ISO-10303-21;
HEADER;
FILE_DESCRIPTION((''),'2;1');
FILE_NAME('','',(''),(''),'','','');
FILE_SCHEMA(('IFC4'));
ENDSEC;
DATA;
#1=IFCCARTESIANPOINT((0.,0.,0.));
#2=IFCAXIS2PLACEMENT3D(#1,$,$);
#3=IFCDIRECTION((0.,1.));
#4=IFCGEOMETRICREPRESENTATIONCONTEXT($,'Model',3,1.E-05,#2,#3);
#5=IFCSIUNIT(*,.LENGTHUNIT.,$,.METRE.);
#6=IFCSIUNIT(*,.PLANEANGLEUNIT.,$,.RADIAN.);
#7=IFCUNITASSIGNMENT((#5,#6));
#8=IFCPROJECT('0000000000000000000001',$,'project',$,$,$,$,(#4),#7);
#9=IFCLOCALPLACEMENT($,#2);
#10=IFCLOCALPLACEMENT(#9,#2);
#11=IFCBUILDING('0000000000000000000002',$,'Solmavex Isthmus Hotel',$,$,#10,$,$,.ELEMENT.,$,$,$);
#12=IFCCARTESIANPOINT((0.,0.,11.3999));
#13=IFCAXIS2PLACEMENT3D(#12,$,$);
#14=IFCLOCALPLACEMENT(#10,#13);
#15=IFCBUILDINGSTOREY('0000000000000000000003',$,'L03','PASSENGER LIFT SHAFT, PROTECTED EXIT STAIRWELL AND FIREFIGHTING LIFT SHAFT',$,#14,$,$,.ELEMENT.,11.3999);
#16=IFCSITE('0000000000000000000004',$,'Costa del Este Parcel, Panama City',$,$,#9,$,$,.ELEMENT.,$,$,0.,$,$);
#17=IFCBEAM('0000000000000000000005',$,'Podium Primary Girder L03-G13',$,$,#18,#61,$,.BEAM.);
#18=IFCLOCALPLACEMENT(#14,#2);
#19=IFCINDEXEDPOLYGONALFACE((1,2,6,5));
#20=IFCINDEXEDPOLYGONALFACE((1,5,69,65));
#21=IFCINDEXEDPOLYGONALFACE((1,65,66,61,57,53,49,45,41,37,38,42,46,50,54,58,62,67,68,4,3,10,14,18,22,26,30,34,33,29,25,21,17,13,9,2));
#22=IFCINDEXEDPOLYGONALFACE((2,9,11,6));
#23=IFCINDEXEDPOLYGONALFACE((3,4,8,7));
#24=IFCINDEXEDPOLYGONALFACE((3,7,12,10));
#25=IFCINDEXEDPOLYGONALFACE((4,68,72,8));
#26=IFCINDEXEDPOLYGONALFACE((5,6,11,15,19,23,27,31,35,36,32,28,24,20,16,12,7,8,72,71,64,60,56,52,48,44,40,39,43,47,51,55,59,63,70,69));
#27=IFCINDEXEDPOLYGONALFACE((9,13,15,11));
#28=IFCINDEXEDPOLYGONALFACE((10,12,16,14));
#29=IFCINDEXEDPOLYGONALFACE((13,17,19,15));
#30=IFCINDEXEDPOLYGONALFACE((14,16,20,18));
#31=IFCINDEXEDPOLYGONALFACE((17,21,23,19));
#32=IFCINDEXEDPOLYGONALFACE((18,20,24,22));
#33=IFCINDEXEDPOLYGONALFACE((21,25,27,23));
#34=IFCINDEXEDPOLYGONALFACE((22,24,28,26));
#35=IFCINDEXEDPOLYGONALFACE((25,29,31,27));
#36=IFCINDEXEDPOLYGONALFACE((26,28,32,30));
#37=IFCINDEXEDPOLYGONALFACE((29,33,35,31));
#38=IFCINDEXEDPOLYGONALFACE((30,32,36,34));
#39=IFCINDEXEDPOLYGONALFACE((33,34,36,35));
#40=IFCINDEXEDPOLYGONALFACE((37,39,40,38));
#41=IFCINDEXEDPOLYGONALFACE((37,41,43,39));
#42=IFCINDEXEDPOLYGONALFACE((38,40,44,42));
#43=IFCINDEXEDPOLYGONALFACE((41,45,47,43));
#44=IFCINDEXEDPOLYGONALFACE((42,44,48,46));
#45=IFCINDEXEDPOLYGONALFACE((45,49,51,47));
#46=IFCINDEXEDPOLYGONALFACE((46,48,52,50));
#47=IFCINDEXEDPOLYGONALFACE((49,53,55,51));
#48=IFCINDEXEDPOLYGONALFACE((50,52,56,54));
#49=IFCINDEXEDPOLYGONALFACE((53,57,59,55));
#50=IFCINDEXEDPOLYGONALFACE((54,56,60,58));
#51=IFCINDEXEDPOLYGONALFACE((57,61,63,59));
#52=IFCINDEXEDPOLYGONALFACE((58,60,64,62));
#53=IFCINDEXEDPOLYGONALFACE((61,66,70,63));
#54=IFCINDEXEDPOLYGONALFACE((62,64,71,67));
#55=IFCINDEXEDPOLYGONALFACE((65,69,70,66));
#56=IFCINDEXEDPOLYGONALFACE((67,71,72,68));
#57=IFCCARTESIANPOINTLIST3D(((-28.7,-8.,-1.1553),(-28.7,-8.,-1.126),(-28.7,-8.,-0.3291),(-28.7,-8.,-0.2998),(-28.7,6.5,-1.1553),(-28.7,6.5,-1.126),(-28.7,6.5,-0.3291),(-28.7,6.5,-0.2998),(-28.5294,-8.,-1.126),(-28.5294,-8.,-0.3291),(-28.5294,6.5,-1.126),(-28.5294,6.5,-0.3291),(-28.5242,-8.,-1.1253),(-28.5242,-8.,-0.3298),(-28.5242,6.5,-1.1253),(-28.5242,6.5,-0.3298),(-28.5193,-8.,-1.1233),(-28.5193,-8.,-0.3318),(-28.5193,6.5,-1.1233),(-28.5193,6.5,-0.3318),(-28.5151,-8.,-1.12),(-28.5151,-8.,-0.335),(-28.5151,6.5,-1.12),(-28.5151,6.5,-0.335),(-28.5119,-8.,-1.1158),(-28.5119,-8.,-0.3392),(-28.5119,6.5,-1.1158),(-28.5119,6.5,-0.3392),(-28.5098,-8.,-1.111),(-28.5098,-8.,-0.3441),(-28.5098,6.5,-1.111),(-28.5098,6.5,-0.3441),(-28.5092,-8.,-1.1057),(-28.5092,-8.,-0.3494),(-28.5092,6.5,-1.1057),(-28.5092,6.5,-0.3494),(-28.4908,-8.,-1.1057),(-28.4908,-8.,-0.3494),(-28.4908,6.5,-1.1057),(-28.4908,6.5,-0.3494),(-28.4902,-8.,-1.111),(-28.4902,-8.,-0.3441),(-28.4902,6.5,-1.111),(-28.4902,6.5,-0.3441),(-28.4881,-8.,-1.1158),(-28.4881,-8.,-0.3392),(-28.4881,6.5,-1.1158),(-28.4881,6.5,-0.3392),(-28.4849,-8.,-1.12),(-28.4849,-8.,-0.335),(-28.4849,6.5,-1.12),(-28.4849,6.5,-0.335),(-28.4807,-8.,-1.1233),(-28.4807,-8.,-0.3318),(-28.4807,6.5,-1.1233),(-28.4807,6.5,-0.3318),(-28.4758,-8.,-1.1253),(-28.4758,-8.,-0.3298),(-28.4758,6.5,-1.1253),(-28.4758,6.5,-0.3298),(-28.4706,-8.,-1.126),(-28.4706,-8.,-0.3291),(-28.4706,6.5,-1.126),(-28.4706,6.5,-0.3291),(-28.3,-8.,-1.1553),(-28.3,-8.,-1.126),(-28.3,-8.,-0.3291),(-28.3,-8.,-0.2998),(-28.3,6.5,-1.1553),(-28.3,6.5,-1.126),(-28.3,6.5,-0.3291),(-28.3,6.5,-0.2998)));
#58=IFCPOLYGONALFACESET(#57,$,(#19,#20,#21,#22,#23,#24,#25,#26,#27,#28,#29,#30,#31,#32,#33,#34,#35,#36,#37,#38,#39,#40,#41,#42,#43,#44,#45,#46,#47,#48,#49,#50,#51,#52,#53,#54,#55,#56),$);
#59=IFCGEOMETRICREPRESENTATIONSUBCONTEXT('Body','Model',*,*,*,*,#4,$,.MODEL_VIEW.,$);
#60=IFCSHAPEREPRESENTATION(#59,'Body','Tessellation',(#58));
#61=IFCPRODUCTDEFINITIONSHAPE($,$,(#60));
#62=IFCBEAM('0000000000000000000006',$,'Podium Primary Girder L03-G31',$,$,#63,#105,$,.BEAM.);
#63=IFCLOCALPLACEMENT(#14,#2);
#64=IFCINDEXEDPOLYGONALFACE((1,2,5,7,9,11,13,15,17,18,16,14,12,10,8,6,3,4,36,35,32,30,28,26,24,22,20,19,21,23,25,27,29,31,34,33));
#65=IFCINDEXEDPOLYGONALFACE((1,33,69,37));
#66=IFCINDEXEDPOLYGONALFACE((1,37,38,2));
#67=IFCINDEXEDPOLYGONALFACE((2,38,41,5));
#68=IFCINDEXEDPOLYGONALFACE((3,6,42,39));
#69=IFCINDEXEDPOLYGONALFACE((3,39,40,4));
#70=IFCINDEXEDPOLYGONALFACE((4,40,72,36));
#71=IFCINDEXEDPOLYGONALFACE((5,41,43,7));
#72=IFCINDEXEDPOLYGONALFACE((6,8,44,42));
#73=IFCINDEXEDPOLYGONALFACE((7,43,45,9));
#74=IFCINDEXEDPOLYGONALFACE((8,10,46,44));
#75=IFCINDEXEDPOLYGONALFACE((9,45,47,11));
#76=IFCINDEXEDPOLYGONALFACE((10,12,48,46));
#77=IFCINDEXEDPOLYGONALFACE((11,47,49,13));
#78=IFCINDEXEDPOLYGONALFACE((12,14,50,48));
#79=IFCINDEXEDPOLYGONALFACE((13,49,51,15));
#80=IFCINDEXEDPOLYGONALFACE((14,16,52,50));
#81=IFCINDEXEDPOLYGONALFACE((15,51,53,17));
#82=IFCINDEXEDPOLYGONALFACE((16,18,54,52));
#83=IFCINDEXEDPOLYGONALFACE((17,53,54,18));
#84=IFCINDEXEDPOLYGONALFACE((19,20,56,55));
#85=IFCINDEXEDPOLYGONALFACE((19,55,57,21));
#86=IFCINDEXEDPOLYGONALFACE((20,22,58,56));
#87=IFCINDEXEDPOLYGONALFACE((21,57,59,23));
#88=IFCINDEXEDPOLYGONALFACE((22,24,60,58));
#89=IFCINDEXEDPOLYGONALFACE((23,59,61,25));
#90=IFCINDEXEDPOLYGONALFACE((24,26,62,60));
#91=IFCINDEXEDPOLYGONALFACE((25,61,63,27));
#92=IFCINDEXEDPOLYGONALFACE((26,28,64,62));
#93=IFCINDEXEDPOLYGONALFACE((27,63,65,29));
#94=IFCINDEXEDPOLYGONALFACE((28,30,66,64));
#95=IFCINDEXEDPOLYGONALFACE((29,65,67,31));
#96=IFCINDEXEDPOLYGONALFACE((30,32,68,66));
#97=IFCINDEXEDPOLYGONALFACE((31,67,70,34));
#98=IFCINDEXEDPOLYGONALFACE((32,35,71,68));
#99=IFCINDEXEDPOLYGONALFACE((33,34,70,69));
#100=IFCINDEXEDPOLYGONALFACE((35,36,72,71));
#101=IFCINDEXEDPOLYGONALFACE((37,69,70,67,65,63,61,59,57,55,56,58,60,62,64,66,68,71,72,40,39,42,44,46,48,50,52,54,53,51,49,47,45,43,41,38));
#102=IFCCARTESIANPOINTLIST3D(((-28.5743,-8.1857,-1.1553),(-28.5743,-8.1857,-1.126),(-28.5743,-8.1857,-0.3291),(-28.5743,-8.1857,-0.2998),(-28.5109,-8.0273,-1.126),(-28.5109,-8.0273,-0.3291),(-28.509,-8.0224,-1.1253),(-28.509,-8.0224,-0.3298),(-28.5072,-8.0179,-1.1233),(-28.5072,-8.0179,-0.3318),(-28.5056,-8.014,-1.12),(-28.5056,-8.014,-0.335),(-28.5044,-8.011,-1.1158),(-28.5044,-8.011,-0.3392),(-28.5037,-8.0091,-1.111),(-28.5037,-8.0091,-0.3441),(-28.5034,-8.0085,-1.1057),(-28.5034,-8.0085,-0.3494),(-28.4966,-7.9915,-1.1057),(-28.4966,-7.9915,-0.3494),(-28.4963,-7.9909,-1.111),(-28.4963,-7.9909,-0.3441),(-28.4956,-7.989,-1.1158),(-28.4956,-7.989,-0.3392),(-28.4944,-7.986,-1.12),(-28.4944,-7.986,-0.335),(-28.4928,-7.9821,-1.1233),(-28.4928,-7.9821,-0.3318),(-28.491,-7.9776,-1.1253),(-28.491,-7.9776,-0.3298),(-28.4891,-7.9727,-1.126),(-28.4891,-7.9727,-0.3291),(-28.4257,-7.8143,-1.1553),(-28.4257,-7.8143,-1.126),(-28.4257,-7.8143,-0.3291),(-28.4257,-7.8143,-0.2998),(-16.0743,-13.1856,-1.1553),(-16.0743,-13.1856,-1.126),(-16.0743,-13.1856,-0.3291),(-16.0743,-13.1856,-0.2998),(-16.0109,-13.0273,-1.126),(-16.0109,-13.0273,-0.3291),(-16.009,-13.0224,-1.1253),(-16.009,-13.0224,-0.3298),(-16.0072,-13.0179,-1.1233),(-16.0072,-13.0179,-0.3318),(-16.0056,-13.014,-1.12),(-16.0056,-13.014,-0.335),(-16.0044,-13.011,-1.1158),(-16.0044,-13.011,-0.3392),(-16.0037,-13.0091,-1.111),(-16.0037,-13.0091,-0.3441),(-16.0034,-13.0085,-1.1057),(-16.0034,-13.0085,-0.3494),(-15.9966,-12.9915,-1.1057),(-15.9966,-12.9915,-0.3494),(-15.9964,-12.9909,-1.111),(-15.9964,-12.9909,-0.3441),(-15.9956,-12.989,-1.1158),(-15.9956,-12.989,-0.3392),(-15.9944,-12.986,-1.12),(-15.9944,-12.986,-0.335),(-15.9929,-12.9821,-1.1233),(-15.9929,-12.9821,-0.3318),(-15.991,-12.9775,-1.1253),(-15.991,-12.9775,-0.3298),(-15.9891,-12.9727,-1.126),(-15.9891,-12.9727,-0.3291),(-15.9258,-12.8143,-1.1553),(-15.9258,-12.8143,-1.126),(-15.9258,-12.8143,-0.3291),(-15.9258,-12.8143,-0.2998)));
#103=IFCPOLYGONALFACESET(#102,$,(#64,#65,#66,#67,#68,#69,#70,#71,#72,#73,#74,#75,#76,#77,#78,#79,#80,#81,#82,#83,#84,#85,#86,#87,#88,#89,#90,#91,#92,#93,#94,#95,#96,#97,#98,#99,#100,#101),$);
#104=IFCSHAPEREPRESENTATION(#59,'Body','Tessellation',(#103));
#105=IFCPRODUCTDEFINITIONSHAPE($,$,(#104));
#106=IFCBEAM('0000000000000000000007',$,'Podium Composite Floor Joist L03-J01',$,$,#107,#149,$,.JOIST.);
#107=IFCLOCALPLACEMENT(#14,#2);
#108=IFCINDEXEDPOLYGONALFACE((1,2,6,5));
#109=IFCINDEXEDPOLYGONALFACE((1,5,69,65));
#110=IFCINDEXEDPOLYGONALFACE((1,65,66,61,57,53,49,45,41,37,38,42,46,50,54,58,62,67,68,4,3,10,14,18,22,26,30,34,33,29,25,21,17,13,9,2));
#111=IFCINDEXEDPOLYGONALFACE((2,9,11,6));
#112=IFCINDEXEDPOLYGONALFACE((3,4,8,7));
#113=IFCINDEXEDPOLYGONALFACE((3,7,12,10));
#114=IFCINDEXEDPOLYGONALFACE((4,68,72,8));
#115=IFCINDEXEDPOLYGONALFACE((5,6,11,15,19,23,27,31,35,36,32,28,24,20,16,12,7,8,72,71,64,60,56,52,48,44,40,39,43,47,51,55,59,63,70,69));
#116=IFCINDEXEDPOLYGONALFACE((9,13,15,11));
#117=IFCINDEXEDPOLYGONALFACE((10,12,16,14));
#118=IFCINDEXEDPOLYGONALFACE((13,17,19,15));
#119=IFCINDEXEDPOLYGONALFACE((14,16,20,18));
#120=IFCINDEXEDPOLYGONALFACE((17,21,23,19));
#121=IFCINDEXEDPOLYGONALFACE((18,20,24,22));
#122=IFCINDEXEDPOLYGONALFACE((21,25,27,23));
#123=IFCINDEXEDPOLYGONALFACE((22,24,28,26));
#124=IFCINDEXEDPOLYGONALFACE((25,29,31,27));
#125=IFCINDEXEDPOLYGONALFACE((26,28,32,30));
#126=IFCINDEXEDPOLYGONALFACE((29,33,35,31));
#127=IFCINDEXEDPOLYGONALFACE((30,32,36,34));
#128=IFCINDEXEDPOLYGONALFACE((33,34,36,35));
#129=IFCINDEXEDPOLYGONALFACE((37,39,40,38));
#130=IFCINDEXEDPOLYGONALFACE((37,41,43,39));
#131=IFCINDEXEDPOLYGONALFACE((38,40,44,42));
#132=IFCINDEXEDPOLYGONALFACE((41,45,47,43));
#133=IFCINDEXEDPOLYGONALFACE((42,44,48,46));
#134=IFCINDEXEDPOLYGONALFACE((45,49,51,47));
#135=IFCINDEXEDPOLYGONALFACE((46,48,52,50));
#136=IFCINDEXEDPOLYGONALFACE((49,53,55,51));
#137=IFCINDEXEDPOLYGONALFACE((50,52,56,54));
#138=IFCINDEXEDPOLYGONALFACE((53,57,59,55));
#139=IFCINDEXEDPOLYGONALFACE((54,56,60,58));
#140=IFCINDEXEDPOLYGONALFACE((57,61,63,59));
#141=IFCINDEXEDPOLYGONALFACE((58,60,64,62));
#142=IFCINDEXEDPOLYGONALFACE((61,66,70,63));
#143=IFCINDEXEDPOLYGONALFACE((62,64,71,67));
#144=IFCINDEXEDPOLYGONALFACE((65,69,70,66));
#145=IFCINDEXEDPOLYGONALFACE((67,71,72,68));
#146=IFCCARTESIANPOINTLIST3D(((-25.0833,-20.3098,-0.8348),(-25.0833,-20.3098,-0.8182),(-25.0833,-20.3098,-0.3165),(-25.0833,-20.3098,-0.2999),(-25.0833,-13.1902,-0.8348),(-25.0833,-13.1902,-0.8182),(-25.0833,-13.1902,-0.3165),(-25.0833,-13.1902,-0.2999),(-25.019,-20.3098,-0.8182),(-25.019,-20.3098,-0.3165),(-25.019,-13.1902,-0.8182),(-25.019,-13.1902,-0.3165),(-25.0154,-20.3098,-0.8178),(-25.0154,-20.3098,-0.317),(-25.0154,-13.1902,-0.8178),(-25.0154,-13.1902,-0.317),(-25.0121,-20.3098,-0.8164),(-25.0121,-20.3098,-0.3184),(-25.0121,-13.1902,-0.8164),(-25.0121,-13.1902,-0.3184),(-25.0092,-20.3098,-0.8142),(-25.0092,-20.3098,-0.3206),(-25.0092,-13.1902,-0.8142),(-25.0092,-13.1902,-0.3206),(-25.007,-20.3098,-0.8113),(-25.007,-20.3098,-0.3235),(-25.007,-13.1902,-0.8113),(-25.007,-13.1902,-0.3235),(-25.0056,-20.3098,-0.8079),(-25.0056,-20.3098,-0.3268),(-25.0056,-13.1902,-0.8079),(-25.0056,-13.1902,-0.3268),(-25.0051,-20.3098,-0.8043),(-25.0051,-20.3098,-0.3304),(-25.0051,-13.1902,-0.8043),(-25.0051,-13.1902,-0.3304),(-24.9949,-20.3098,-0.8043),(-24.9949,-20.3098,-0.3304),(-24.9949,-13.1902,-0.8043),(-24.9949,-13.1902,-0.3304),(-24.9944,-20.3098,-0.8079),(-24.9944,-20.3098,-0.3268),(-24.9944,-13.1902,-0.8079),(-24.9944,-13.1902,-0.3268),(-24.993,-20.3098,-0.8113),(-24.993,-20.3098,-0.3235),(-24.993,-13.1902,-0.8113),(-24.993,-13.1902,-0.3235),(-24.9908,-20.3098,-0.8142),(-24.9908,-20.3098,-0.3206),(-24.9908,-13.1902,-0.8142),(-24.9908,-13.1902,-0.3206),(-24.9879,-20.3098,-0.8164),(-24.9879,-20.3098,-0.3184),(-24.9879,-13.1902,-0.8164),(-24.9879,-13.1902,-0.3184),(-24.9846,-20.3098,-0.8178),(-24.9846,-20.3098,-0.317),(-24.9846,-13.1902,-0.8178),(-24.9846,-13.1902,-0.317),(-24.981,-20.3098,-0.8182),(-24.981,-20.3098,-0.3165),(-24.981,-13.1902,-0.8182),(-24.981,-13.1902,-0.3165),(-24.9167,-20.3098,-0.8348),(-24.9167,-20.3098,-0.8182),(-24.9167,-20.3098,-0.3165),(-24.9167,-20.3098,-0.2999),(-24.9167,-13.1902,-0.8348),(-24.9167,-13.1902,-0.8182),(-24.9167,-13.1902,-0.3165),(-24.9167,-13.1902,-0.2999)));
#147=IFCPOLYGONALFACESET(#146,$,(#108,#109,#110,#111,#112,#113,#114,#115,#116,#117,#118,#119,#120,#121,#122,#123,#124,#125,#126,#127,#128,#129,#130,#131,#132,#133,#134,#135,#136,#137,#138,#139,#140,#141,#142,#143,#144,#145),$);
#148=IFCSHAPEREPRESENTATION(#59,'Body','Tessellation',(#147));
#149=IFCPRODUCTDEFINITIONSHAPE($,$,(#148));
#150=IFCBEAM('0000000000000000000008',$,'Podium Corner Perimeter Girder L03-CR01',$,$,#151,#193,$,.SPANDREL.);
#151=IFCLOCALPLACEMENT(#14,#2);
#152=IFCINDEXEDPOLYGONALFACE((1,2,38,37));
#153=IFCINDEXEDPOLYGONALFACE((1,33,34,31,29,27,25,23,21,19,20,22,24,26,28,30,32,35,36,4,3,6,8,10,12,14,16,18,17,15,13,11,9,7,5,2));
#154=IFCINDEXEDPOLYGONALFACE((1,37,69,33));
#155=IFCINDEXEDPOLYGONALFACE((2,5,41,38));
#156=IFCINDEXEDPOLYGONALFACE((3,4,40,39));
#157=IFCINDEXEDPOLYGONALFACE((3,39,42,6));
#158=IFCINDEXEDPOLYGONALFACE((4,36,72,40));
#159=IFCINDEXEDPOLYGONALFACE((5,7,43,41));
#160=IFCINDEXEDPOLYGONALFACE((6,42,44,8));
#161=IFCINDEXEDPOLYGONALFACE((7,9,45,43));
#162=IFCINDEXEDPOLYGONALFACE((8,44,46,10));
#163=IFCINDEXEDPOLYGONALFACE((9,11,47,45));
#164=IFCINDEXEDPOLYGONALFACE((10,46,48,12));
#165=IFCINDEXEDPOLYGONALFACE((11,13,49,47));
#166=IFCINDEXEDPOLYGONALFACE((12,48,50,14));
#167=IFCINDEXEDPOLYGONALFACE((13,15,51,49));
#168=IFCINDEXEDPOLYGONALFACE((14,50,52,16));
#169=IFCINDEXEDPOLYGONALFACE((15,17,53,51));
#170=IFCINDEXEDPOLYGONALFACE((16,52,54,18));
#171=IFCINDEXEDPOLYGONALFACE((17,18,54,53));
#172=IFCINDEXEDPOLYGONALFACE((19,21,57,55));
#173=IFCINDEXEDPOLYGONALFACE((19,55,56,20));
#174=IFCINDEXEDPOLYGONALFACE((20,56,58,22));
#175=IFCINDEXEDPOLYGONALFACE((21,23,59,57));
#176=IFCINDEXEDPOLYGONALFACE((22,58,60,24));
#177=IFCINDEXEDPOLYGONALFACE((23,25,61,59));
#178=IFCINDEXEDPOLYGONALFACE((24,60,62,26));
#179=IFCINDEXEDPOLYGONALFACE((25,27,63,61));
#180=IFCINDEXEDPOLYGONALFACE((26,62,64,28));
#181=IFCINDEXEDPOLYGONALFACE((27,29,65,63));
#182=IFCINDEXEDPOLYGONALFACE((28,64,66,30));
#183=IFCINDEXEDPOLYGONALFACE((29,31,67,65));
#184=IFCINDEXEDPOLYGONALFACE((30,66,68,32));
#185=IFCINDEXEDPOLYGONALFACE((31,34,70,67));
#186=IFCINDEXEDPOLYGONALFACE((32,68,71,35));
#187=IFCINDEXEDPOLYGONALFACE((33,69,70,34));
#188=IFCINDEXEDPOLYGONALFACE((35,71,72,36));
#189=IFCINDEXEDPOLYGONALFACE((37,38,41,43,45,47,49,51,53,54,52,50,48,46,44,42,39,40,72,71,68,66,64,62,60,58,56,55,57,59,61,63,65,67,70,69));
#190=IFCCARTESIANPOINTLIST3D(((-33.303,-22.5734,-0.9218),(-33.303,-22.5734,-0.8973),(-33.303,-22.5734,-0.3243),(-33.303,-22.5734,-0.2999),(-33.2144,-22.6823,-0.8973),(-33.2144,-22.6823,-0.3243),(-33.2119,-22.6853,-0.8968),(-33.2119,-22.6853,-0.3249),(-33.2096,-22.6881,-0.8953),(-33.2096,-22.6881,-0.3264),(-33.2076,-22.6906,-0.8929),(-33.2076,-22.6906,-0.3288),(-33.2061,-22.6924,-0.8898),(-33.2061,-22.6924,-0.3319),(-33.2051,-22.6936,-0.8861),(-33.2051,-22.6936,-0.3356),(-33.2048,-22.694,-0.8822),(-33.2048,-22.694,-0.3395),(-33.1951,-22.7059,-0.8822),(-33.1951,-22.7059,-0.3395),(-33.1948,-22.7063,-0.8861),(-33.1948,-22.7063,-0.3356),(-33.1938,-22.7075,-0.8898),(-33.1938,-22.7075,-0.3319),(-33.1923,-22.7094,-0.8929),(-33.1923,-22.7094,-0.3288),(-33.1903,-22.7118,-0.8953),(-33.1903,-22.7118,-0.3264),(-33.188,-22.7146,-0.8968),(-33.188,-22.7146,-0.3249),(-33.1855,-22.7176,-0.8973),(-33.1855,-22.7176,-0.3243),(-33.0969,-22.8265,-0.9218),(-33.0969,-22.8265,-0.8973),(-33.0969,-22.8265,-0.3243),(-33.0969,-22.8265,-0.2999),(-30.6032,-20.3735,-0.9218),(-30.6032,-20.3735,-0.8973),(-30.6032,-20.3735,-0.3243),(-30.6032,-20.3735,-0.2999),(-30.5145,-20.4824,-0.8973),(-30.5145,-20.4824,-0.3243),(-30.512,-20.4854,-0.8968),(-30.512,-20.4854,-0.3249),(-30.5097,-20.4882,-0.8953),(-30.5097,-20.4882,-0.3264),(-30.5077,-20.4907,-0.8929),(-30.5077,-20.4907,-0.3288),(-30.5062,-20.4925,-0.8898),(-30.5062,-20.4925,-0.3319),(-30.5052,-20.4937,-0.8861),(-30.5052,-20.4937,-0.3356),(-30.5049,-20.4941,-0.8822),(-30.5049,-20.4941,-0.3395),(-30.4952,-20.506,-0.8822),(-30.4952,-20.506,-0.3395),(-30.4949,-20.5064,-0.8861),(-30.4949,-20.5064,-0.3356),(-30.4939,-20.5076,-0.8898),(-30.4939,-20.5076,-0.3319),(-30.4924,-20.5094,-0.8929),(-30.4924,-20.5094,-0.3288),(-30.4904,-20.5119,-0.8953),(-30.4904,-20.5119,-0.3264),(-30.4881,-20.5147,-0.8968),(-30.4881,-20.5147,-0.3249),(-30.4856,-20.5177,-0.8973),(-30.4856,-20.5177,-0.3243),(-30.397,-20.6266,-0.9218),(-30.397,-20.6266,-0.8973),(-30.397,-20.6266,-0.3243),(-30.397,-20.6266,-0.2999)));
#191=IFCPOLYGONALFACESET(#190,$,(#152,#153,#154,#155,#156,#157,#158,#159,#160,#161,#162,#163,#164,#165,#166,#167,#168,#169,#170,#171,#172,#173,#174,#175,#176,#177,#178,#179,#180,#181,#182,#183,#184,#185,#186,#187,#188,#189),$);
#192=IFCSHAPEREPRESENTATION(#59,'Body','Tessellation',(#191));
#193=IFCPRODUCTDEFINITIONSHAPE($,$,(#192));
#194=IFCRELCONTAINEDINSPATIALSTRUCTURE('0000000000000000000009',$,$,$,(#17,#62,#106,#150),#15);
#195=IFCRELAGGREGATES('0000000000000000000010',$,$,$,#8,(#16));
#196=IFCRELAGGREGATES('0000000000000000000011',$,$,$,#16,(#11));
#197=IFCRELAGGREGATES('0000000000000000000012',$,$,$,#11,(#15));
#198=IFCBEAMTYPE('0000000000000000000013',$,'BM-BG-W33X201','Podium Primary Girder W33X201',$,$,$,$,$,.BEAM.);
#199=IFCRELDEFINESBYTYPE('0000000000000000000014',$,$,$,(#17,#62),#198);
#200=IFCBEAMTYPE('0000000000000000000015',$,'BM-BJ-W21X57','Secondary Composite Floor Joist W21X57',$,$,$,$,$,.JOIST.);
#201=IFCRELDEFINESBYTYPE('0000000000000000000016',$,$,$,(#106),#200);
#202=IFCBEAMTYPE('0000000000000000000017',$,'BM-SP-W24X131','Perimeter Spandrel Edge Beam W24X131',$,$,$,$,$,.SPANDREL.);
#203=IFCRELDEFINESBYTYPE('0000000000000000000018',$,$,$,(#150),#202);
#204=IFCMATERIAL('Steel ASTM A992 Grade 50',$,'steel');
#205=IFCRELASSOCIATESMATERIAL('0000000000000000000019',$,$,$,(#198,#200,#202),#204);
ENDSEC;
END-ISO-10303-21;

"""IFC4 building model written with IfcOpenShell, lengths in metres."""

from ifc_helpers import new_model, si_unit, direction, frame, origin, origin_2d, place, context, subcontext, project, spatial, i_section, extrude, material, material_profile, profile_set, type_object, element, save


model = new_model("IFC4")

# Units and contexts
model_context = context("Model", 3, precision=1e-05, world=origin(), true_north=direction((0.0, 1.0)))
body_context = subcontext(model_context, "Body", "Model", "MODEL_VIEW")
ifc_project = project(units=[si_unit("LENGTHUNIT", "METRE"), si_unit("PLANEANGLEUNIT", "RADIAN")], contexts=[model_context])

# Site, building, storey
site_placement = place(None, origin())
site = spatial("IfcSite", under=ifc_project, at=site_placement, Name="Costa del Este Parcel, Panama City", CompositionType="ELEMENT", RefElevation=0.0)
building_placement = place(site_placement, origin())
building = spatial("IfcBuilding", under=site, at=building_placement, Name="Solmavex Isthmus Hotel", CompositionType="ELEMENT")
storey_placement = place(building_placement, frame((0.0, 0.0, 11.3999)))
storey = spatial("IfcBuildingStorey", under=building, at=storey_placement, Name="L03", Description="PASSENGER LIFT SHAFT, PROTECTED EXIT STAIRWELL AND FIREFIGHTING LIFT SHAFT", CompositionType="ELEMENT", Elevation=11.3999)

# Beams
ifc_material_1 = material(Name="Steel ASTM A992 Grade 50", Category="steel")
ifc_material_profile_1 = material_profile(ifc_material_1, i_section(OverallWidth=0.3999, OverallDepth=0.8555, WebThickness=0.0183, FlangeThickness=0.0293, FilletRadius=0.0203, at=origin_2d()), Name="W33X201")
ifc_profile_set_1 = profile_set([ifc_material_profile_1], Name="Steel ASTM A992 Grade 50")
beam_type_1 = type_object("IfcBeamType", Name="BM-BG-W33X201", Description="Podium Primary Girder W33X201", PredefinedType="BEAM", material=ifc_profile_set_1)
beam_1_placement = place(storey_placement, frame((-28.5, -8.0, -0.7275), z_axis=(0.0, 1.0, 0.0), x_axis=(-1.0, 0.0, 0.0)))
element("IfcBeam", 1, at=beam_1_placement, inside=storey, type_object=beam_type_1, Name="Podium Primary Girder L03-G13", PredefinedType="BEAM", context=body_context, shape_type="SweptSolid", body=[
    extrude(i_section(OverallWidth=0.3999, OverallDepth=0.8555, WebThickness=0.0183, FlangeThickness=0.0293, FilletRadius=0.0203, at=origin_2d()), origin(), (0.0, 0.0, 1.0), 14.5),
])
beam_2_placement = place(storey_placement, frame((-28.5, -8.0, -0.7275), z_axis=(0.928477, -0.371391, 0.0), x_axis=(0.371391, 0.928477, 0.0)))
element("IfcBeam", 2, at=beam_2_placement, inside=storey, type_object=beam_type_1, Name="Podium Primary Girder L03-G31", PredefinedType="BEAM", context=body_context, shape_type="SweptSolid", body=[
    extrude(i_section(OverallWidth=0.3999, OverallDepth=0.8555, WebThickness=0.0183, FlangeThickness=0.0293, FilletRadius=0.0203, at=origin_2d()), origin(), (0.0, 0.0, 1.0), 13.4629),
])
ifc_material_profile_2 = material_profile(ifc_material_1, i_section(OverallWidth=0.1665, OverallDepth=0.5349, WebThickness=0.0103, FlangeThickness=0.0166, FilletRadius=0.0139, at=origin_2d()), Name="W21X57")
ifc_profile_set_2 = profile_set([ifc_material_profile_2], Name="Steel ASTM A992 Grade 50")
beam_type_2 = type_object("IfcBeamType", Name="BM-BJ-W21X57", Description="Secondary Composite Floor Joist W21X57", PredefinedType="JOIST", material=ifc_profile_set_2)
beam_3_placement = place(storey_placement, frame((-25.0, -20.3098, -0.5674), z_axis=(0.0, 1.0, 0.0), x_axis=(-1.0, 0.0, 0.0)))
element("IfcBeam", 3, at=beam_3_placement, inside=storey, type_object=beam_type_2, Name="Podium Composite Floor Joist L03-J01", PredefinedType="JOIST", context=body_context, shape_type="SweptSolid", body=[
    extrude(i_section(OverallWidth=0.1665, OverallDepth=0.5349, WebThickness=0.0103, FlangeThickness=0.0166, FilletRadius=0.0139, at=origin_2d()), origin(), (0.0, 0.0, 1.0), 7.1196),
])
ifc_material_profile_3 = material_profile(ifc_material_1, i_section(OverallWidth=0.3264, OverallDepth=0.6218, WebThickness=0.0154, FlangeThickness=0.0244, FilletRadius=0.0151, at=origin_2d()), Name="W24X131")
ifc_profile_set_3 = profile_set([ifc_material_profile_3], Name="Steel ASTM A992 Grade 50")
beam_type_3 = type_object("IfcBeamType", Name="BM-SP-W24X131", Description="Perimeter Spandrel Edge Beam W24X131", PredefinedType="SPANDREL", material=ifc_profile_set_3)
beam_4_placement = place(storey_placement, frame((-33.2, -22.7, -0.6108), z_axis=(0.775236, 0.631671, 0.0), x_axis=(-0.631671, 0.775236, 0.0)))
element("IfcBeam", 4, at=beam_4_placement, inside=storey, type_object=beam_type_3, Name="Podium Corner Perimeter Girder L03-CR01", PredefinedType="SPANDREL", context=body_context, shape_type="SweptSolid", body=[
    extrude(i_section(OverallWidth=0.3264, OverallDepth=0.6218, WebThickness=0.0154, FlangeThickness=0.0244, FilletRadius=0.0151, at=origin_2d()), origin(), (0.0, 0.0, 1.0), 3.4827),
])

save(model, "model.ifc")
